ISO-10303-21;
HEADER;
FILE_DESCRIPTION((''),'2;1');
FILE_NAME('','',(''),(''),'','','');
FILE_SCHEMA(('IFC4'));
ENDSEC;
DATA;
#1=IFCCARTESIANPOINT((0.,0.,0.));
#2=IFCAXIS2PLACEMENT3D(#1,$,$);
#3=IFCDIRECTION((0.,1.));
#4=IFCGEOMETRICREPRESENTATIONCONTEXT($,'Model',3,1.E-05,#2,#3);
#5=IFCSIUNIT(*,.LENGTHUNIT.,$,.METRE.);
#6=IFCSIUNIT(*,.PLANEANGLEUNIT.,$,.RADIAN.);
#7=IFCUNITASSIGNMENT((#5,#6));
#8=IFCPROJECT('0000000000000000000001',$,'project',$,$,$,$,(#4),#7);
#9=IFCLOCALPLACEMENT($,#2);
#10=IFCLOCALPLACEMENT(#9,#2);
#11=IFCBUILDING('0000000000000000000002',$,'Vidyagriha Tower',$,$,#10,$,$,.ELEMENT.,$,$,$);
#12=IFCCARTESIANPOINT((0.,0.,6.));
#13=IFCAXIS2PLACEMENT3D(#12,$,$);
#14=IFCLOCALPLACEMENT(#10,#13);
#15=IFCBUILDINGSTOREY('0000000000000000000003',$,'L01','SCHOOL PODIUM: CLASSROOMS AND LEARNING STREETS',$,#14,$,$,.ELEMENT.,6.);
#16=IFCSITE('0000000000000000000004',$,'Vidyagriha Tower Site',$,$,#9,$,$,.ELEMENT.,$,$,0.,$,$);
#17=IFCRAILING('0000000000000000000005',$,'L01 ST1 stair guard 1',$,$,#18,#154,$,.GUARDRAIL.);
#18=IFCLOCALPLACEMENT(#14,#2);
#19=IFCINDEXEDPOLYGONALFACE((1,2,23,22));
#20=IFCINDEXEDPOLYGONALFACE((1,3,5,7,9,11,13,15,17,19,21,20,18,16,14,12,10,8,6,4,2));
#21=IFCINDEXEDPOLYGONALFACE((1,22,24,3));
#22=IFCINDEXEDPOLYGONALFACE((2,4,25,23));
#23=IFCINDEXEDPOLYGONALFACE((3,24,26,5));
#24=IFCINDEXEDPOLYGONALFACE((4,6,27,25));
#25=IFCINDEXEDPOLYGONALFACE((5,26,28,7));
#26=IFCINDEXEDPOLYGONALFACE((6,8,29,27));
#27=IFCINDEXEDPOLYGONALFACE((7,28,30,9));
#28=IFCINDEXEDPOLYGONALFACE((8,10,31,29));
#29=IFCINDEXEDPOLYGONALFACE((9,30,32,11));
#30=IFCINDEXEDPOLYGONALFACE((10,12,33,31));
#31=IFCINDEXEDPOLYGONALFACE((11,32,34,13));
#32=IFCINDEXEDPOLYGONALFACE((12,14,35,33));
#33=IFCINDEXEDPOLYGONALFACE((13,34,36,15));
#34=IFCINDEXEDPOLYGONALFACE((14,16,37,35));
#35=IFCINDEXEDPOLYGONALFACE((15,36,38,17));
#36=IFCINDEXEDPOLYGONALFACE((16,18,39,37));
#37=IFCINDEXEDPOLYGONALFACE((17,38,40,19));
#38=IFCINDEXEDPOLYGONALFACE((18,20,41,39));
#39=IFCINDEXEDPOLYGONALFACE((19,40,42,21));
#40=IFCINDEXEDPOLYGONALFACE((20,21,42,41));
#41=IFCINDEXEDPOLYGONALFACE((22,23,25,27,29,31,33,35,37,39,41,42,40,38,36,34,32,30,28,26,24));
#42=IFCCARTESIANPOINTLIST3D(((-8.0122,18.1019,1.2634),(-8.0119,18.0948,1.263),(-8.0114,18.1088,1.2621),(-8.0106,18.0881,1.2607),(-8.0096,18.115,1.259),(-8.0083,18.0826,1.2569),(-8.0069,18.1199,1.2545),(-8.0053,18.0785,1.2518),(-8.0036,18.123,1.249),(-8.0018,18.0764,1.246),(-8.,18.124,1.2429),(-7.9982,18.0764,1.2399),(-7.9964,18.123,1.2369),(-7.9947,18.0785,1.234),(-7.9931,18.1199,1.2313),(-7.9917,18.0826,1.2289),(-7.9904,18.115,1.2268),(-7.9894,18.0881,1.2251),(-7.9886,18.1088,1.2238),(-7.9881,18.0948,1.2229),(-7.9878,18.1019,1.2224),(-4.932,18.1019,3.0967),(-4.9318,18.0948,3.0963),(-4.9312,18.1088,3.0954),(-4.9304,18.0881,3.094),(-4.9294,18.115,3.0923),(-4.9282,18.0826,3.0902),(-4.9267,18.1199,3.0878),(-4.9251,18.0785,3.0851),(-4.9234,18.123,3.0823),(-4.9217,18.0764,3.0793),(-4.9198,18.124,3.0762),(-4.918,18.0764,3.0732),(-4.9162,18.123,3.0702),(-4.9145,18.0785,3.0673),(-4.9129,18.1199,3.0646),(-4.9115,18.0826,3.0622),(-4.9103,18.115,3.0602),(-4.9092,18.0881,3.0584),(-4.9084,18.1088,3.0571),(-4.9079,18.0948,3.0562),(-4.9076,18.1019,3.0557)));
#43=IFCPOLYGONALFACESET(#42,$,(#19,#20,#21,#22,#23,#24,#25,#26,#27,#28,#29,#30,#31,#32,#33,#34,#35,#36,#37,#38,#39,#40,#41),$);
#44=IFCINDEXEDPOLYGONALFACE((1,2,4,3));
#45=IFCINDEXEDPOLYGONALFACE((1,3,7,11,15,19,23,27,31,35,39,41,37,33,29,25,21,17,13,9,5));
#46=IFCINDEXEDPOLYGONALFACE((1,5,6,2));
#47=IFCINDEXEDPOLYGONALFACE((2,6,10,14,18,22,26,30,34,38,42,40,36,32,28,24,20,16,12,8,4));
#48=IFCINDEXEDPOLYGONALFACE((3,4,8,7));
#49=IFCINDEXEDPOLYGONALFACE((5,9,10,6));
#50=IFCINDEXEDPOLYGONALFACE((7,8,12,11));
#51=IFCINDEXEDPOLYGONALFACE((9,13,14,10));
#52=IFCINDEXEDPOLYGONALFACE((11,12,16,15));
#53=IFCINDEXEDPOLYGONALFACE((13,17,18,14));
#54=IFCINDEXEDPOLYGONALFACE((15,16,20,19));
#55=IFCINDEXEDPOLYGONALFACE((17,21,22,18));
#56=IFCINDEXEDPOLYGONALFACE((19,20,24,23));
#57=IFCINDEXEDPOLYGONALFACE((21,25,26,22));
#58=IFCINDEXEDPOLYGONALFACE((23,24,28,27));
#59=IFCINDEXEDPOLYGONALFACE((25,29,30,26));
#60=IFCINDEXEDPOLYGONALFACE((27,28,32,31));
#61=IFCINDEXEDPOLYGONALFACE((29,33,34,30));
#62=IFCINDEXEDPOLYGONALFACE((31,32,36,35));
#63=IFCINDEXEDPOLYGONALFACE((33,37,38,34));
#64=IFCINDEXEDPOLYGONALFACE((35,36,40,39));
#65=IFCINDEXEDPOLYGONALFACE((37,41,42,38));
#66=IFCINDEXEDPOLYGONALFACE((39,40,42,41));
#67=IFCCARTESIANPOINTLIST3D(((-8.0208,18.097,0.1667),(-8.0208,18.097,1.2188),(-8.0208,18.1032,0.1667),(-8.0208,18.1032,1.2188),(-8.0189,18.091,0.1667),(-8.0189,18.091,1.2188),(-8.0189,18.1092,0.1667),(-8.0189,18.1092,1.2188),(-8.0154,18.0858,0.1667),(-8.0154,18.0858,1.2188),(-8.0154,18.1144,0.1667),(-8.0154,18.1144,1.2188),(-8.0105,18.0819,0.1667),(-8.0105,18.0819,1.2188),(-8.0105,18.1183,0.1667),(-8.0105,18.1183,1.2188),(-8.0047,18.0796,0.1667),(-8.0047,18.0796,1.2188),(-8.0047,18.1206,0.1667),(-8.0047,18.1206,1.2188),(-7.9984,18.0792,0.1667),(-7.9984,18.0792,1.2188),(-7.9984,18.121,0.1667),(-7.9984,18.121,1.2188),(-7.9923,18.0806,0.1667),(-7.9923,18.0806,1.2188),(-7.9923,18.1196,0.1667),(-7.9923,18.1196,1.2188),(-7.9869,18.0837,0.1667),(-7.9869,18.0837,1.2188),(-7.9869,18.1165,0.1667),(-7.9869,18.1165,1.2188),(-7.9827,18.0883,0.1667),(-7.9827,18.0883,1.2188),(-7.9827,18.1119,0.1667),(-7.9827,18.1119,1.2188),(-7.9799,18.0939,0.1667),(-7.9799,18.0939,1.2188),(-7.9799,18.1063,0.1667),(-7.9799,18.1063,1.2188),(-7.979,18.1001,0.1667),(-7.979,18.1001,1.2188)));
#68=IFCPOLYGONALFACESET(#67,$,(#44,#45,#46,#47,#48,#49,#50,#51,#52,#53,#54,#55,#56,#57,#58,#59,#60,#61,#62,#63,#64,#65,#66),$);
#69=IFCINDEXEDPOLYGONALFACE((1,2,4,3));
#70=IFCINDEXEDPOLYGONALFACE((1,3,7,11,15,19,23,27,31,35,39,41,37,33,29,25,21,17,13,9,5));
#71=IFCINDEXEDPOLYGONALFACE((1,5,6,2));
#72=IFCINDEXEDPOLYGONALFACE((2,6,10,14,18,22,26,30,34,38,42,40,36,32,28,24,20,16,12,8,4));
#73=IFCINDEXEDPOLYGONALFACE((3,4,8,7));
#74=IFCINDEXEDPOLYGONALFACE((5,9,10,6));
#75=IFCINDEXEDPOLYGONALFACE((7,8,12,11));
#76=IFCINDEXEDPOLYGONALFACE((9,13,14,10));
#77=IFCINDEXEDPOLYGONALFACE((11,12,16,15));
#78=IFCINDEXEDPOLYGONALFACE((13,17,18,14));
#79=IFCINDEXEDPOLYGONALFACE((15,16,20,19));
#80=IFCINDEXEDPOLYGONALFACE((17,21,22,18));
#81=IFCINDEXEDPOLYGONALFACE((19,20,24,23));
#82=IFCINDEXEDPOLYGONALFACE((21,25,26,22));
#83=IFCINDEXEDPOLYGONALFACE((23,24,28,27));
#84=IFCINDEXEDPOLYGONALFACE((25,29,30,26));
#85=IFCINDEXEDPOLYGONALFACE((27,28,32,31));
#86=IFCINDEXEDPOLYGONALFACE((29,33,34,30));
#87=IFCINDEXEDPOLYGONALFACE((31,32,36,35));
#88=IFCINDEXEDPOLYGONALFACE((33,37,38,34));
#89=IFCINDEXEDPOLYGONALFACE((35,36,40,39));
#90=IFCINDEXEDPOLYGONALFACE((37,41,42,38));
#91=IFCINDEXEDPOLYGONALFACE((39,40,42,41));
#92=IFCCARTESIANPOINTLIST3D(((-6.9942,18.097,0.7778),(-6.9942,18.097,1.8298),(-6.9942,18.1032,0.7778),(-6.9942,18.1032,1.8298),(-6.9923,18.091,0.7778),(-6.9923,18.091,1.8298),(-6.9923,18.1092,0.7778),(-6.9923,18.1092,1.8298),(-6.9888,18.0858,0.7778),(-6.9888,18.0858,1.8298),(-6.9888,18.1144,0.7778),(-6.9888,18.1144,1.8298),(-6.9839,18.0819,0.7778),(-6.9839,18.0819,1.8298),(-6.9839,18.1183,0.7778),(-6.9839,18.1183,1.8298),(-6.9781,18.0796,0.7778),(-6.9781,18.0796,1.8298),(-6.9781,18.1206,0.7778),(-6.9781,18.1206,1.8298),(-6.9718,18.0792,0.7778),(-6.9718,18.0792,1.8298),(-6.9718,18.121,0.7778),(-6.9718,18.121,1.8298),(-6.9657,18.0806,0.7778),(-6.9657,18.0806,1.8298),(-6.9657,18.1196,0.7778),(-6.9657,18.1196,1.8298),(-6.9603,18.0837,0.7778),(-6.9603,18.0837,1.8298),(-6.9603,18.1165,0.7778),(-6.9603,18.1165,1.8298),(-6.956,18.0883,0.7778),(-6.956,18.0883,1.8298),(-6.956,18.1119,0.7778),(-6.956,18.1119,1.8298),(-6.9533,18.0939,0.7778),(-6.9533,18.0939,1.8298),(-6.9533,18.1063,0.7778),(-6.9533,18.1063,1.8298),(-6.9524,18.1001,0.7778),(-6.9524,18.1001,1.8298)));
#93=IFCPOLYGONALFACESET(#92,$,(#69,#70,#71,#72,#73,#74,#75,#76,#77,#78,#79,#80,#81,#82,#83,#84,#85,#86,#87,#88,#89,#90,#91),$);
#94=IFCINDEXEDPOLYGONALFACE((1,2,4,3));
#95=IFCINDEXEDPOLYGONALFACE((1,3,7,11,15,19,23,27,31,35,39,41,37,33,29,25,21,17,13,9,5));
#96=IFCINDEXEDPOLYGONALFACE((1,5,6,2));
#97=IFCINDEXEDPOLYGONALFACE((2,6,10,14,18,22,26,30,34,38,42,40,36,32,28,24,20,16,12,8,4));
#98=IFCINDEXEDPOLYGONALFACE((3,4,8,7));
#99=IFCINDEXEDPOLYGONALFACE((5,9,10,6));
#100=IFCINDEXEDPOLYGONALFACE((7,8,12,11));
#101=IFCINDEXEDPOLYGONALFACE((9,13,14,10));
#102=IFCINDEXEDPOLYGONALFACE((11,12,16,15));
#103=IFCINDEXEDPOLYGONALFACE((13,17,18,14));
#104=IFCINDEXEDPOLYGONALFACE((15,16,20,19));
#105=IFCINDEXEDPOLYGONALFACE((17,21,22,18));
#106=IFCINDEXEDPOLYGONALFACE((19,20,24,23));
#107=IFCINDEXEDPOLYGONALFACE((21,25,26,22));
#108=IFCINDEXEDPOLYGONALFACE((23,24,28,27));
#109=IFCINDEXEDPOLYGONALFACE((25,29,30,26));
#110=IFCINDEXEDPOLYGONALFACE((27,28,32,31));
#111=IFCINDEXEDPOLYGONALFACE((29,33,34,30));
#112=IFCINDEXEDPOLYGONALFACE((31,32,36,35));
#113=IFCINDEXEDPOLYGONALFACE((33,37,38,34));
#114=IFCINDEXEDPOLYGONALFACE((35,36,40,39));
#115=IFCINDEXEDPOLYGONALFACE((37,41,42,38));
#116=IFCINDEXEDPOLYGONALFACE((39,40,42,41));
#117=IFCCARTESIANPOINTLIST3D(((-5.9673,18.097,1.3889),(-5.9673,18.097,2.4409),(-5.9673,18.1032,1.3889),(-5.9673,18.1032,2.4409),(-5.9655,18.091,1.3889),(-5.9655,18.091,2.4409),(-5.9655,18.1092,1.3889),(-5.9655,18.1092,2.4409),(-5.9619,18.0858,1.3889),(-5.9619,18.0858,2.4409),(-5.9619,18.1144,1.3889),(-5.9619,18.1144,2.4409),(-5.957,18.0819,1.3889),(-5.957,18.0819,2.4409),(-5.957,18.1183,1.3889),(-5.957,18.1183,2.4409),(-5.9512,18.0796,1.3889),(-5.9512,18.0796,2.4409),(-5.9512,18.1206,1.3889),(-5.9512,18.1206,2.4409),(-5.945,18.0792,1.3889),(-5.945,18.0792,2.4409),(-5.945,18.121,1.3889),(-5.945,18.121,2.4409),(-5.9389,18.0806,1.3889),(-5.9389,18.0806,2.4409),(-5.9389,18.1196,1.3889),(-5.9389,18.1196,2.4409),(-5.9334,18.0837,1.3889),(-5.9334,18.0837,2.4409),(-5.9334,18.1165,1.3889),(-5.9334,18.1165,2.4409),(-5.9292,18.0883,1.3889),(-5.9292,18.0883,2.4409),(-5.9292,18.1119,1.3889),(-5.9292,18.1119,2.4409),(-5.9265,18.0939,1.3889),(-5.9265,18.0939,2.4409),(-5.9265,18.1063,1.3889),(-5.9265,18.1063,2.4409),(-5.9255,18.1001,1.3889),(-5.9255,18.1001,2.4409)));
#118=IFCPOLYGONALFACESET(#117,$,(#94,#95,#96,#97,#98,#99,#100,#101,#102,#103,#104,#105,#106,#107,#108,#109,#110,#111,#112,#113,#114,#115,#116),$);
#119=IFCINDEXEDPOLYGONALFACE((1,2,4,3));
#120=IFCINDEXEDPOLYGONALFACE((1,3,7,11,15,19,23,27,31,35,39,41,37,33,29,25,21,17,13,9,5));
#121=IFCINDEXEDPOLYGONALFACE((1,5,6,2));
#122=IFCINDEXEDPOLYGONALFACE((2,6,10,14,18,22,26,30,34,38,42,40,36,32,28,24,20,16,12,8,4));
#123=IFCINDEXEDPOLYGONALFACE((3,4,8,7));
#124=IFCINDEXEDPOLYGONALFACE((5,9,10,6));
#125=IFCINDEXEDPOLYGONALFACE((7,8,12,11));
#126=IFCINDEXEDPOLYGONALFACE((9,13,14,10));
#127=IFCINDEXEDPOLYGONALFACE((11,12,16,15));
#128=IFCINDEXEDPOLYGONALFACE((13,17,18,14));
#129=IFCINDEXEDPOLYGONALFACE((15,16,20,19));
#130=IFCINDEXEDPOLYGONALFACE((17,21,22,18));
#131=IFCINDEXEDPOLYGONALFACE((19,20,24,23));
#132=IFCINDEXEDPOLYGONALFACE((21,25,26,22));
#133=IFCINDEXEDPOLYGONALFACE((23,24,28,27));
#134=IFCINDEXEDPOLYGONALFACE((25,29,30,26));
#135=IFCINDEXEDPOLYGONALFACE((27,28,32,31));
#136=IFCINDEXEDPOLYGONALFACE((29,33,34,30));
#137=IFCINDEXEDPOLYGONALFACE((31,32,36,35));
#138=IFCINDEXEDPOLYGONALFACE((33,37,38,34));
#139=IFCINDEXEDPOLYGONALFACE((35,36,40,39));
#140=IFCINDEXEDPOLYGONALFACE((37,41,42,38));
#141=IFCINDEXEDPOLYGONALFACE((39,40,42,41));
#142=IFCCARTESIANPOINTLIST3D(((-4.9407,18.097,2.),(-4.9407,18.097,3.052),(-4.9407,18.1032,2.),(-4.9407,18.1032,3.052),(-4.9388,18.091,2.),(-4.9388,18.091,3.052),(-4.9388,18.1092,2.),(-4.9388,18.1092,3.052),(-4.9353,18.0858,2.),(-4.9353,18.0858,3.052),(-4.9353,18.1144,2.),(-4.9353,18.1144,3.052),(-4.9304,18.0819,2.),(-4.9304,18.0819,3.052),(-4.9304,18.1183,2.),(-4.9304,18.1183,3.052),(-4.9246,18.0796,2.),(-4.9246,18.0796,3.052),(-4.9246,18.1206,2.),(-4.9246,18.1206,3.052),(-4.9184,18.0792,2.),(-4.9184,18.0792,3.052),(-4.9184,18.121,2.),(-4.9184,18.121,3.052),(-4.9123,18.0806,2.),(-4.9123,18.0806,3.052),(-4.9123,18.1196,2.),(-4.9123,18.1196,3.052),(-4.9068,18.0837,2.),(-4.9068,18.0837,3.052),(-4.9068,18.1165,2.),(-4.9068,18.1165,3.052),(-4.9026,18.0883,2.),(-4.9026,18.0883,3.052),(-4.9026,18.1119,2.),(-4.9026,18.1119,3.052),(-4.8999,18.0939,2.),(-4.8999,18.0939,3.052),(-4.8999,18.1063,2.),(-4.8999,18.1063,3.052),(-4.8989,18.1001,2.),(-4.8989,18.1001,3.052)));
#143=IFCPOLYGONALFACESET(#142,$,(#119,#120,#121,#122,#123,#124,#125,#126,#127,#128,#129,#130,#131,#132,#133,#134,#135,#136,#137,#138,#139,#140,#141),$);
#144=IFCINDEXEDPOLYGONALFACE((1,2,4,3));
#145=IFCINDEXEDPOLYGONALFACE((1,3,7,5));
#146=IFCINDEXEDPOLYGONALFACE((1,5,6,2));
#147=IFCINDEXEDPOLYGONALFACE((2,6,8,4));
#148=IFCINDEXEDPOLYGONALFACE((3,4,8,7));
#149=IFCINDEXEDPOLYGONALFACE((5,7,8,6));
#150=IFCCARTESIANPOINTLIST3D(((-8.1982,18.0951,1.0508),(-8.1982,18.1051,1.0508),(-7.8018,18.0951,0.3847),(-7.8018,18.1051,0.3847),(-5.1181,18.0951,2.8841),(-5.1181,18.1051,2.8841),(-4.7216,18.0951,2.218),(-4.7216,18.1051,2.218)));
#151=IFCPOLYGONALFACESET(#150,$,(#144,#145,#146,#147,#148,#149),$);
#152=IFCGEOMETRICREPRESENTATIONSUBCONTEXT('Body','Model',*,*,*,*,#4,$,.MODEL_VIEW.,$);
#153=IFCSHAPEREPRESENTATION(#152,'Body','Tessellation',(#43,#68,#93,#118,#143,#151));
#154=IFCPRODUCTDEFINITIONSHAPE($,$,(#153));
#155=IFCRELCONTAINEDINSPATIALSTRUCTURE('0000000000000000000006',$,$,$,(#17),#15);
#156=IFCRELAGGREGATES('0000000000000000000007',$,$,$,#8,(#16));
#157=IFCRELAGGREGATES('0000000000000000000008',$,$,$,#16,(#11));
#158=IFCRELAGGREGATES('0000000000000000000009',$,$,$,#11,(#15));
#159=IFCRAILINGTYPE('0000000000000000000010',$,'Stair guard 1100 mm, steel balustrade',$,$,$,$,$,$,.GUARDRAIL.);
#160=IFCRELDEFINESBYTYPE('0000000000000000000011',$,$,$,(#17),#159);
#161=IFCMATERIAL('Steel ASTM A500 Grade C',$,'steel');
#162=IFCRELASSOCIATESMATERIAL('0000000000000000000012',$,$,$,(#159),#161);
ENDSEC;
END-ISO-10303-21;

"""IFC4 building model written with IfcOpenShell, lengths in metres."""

from ifc_helpers import new_model, si_unit, direction, frame, origin, origin_2d, place, context, subcontext, project, spatial, rectangle, circle, extrude, material, type_object, element, save


model = new_model("IFC4")

# Units and contexts
model_context = context("Model", 3, precision=1e-05, world=origin(), true_north=direction((0.0, 1.0)))
body_context = subcontext(model_context, "Body", "Model", "MODEL_VIEW")
ifc_project = project(units=[si_unit("LENGTHUNIT", "METRE"), si_unit("PLANEANGLEUNIT", "RADIAN")], contexts=[model_context])

# Site, building, storey
site_placement = place(None, origin())
site = spatial("IfcSite", under=ifc_project, at=site_placement, Name="Vidyagriha Tower Site", CompositionType="ELEMENT", RefElevation=0.0)
building_placement = place(site_placement, origin())
building = spatial("IfcBuilding", under=site, at=building_placement, Name="Vidyagriha Tower", CompositionType="ELEMENT")
storey_placement = place(building_placement, frame((0.0, 0.0, 6.0)))
storey = spatial("IfcBuildingStorey", under=building, at=storey_placement, Name="L01", Description="SCHOOL PODIUM: CLASSROOMS AND LEARNING STREETS", CompositionType="ELEMENT", Elevation=6.0)

# Railing
ifc_material_1 = material(Name="Steel ASTM A500 Grade C", Category="steel")
railing_type_1 = type_object("IfcRailingType", Name="Stair guard 1100 mm, steel balustrade", PredefinedType="GUARDRAIL", material=ifc_material_1)
railing_1_placement = place(storey_placement, frame((-8.0, 18.1001, 0.1667)))
element("IfcRailing", 1, at=railing_1_placement, inside=storey, type_object=railing_type_1, Name="L01 ST1 stair guard 1", PredefinedType="GUARDRAIL", context=body_context, shape_type="SweptSolid", body=[
    extrude(circle(Radius=0.0239, at=origin_2d()), frame((0.0, 0.0, 1.0762), z_axis=(0.859309, 0.0, 0.511458), x_axis=(0.0, 1.0, 0.0)), (0.0, 0.0, 1.0), 3.5845),
    extrude(circle(Radius=0.021, at=origin_2d()), origin(), (0.0, 0.0, 1.0), 1.052),
    extrude(circle(Radius=0.021, at=origin_2d()), frame((1.0266, 0.0, 0.6111)), (0.0, 0.0, 1.0), 1.052),
    extrude(circle(Radius=0.021, at=origin_2d()), frame((2.0535, 0.0, 1.2222)), (0.0, 0.0, 1.0), 1.052),
    extrude(circle(Radius=0.021, at=origin_2d()), frame((3.0801, 0.0, 1.8333)), (0.0, 0.0, 1.0), 1.052),
    extrude(rectangle(XDim=0.01, YDim=0.7751, at=origin_2d()), frame((0.0, 0.0, 0.551), z_axis=(0.859309, 0.0, 0.511458), x_axis=(0.0, 1.0, 0.0)), (0.0, 0.0, 1.0), 3.5845),
])

save(model, "model.ifc")
